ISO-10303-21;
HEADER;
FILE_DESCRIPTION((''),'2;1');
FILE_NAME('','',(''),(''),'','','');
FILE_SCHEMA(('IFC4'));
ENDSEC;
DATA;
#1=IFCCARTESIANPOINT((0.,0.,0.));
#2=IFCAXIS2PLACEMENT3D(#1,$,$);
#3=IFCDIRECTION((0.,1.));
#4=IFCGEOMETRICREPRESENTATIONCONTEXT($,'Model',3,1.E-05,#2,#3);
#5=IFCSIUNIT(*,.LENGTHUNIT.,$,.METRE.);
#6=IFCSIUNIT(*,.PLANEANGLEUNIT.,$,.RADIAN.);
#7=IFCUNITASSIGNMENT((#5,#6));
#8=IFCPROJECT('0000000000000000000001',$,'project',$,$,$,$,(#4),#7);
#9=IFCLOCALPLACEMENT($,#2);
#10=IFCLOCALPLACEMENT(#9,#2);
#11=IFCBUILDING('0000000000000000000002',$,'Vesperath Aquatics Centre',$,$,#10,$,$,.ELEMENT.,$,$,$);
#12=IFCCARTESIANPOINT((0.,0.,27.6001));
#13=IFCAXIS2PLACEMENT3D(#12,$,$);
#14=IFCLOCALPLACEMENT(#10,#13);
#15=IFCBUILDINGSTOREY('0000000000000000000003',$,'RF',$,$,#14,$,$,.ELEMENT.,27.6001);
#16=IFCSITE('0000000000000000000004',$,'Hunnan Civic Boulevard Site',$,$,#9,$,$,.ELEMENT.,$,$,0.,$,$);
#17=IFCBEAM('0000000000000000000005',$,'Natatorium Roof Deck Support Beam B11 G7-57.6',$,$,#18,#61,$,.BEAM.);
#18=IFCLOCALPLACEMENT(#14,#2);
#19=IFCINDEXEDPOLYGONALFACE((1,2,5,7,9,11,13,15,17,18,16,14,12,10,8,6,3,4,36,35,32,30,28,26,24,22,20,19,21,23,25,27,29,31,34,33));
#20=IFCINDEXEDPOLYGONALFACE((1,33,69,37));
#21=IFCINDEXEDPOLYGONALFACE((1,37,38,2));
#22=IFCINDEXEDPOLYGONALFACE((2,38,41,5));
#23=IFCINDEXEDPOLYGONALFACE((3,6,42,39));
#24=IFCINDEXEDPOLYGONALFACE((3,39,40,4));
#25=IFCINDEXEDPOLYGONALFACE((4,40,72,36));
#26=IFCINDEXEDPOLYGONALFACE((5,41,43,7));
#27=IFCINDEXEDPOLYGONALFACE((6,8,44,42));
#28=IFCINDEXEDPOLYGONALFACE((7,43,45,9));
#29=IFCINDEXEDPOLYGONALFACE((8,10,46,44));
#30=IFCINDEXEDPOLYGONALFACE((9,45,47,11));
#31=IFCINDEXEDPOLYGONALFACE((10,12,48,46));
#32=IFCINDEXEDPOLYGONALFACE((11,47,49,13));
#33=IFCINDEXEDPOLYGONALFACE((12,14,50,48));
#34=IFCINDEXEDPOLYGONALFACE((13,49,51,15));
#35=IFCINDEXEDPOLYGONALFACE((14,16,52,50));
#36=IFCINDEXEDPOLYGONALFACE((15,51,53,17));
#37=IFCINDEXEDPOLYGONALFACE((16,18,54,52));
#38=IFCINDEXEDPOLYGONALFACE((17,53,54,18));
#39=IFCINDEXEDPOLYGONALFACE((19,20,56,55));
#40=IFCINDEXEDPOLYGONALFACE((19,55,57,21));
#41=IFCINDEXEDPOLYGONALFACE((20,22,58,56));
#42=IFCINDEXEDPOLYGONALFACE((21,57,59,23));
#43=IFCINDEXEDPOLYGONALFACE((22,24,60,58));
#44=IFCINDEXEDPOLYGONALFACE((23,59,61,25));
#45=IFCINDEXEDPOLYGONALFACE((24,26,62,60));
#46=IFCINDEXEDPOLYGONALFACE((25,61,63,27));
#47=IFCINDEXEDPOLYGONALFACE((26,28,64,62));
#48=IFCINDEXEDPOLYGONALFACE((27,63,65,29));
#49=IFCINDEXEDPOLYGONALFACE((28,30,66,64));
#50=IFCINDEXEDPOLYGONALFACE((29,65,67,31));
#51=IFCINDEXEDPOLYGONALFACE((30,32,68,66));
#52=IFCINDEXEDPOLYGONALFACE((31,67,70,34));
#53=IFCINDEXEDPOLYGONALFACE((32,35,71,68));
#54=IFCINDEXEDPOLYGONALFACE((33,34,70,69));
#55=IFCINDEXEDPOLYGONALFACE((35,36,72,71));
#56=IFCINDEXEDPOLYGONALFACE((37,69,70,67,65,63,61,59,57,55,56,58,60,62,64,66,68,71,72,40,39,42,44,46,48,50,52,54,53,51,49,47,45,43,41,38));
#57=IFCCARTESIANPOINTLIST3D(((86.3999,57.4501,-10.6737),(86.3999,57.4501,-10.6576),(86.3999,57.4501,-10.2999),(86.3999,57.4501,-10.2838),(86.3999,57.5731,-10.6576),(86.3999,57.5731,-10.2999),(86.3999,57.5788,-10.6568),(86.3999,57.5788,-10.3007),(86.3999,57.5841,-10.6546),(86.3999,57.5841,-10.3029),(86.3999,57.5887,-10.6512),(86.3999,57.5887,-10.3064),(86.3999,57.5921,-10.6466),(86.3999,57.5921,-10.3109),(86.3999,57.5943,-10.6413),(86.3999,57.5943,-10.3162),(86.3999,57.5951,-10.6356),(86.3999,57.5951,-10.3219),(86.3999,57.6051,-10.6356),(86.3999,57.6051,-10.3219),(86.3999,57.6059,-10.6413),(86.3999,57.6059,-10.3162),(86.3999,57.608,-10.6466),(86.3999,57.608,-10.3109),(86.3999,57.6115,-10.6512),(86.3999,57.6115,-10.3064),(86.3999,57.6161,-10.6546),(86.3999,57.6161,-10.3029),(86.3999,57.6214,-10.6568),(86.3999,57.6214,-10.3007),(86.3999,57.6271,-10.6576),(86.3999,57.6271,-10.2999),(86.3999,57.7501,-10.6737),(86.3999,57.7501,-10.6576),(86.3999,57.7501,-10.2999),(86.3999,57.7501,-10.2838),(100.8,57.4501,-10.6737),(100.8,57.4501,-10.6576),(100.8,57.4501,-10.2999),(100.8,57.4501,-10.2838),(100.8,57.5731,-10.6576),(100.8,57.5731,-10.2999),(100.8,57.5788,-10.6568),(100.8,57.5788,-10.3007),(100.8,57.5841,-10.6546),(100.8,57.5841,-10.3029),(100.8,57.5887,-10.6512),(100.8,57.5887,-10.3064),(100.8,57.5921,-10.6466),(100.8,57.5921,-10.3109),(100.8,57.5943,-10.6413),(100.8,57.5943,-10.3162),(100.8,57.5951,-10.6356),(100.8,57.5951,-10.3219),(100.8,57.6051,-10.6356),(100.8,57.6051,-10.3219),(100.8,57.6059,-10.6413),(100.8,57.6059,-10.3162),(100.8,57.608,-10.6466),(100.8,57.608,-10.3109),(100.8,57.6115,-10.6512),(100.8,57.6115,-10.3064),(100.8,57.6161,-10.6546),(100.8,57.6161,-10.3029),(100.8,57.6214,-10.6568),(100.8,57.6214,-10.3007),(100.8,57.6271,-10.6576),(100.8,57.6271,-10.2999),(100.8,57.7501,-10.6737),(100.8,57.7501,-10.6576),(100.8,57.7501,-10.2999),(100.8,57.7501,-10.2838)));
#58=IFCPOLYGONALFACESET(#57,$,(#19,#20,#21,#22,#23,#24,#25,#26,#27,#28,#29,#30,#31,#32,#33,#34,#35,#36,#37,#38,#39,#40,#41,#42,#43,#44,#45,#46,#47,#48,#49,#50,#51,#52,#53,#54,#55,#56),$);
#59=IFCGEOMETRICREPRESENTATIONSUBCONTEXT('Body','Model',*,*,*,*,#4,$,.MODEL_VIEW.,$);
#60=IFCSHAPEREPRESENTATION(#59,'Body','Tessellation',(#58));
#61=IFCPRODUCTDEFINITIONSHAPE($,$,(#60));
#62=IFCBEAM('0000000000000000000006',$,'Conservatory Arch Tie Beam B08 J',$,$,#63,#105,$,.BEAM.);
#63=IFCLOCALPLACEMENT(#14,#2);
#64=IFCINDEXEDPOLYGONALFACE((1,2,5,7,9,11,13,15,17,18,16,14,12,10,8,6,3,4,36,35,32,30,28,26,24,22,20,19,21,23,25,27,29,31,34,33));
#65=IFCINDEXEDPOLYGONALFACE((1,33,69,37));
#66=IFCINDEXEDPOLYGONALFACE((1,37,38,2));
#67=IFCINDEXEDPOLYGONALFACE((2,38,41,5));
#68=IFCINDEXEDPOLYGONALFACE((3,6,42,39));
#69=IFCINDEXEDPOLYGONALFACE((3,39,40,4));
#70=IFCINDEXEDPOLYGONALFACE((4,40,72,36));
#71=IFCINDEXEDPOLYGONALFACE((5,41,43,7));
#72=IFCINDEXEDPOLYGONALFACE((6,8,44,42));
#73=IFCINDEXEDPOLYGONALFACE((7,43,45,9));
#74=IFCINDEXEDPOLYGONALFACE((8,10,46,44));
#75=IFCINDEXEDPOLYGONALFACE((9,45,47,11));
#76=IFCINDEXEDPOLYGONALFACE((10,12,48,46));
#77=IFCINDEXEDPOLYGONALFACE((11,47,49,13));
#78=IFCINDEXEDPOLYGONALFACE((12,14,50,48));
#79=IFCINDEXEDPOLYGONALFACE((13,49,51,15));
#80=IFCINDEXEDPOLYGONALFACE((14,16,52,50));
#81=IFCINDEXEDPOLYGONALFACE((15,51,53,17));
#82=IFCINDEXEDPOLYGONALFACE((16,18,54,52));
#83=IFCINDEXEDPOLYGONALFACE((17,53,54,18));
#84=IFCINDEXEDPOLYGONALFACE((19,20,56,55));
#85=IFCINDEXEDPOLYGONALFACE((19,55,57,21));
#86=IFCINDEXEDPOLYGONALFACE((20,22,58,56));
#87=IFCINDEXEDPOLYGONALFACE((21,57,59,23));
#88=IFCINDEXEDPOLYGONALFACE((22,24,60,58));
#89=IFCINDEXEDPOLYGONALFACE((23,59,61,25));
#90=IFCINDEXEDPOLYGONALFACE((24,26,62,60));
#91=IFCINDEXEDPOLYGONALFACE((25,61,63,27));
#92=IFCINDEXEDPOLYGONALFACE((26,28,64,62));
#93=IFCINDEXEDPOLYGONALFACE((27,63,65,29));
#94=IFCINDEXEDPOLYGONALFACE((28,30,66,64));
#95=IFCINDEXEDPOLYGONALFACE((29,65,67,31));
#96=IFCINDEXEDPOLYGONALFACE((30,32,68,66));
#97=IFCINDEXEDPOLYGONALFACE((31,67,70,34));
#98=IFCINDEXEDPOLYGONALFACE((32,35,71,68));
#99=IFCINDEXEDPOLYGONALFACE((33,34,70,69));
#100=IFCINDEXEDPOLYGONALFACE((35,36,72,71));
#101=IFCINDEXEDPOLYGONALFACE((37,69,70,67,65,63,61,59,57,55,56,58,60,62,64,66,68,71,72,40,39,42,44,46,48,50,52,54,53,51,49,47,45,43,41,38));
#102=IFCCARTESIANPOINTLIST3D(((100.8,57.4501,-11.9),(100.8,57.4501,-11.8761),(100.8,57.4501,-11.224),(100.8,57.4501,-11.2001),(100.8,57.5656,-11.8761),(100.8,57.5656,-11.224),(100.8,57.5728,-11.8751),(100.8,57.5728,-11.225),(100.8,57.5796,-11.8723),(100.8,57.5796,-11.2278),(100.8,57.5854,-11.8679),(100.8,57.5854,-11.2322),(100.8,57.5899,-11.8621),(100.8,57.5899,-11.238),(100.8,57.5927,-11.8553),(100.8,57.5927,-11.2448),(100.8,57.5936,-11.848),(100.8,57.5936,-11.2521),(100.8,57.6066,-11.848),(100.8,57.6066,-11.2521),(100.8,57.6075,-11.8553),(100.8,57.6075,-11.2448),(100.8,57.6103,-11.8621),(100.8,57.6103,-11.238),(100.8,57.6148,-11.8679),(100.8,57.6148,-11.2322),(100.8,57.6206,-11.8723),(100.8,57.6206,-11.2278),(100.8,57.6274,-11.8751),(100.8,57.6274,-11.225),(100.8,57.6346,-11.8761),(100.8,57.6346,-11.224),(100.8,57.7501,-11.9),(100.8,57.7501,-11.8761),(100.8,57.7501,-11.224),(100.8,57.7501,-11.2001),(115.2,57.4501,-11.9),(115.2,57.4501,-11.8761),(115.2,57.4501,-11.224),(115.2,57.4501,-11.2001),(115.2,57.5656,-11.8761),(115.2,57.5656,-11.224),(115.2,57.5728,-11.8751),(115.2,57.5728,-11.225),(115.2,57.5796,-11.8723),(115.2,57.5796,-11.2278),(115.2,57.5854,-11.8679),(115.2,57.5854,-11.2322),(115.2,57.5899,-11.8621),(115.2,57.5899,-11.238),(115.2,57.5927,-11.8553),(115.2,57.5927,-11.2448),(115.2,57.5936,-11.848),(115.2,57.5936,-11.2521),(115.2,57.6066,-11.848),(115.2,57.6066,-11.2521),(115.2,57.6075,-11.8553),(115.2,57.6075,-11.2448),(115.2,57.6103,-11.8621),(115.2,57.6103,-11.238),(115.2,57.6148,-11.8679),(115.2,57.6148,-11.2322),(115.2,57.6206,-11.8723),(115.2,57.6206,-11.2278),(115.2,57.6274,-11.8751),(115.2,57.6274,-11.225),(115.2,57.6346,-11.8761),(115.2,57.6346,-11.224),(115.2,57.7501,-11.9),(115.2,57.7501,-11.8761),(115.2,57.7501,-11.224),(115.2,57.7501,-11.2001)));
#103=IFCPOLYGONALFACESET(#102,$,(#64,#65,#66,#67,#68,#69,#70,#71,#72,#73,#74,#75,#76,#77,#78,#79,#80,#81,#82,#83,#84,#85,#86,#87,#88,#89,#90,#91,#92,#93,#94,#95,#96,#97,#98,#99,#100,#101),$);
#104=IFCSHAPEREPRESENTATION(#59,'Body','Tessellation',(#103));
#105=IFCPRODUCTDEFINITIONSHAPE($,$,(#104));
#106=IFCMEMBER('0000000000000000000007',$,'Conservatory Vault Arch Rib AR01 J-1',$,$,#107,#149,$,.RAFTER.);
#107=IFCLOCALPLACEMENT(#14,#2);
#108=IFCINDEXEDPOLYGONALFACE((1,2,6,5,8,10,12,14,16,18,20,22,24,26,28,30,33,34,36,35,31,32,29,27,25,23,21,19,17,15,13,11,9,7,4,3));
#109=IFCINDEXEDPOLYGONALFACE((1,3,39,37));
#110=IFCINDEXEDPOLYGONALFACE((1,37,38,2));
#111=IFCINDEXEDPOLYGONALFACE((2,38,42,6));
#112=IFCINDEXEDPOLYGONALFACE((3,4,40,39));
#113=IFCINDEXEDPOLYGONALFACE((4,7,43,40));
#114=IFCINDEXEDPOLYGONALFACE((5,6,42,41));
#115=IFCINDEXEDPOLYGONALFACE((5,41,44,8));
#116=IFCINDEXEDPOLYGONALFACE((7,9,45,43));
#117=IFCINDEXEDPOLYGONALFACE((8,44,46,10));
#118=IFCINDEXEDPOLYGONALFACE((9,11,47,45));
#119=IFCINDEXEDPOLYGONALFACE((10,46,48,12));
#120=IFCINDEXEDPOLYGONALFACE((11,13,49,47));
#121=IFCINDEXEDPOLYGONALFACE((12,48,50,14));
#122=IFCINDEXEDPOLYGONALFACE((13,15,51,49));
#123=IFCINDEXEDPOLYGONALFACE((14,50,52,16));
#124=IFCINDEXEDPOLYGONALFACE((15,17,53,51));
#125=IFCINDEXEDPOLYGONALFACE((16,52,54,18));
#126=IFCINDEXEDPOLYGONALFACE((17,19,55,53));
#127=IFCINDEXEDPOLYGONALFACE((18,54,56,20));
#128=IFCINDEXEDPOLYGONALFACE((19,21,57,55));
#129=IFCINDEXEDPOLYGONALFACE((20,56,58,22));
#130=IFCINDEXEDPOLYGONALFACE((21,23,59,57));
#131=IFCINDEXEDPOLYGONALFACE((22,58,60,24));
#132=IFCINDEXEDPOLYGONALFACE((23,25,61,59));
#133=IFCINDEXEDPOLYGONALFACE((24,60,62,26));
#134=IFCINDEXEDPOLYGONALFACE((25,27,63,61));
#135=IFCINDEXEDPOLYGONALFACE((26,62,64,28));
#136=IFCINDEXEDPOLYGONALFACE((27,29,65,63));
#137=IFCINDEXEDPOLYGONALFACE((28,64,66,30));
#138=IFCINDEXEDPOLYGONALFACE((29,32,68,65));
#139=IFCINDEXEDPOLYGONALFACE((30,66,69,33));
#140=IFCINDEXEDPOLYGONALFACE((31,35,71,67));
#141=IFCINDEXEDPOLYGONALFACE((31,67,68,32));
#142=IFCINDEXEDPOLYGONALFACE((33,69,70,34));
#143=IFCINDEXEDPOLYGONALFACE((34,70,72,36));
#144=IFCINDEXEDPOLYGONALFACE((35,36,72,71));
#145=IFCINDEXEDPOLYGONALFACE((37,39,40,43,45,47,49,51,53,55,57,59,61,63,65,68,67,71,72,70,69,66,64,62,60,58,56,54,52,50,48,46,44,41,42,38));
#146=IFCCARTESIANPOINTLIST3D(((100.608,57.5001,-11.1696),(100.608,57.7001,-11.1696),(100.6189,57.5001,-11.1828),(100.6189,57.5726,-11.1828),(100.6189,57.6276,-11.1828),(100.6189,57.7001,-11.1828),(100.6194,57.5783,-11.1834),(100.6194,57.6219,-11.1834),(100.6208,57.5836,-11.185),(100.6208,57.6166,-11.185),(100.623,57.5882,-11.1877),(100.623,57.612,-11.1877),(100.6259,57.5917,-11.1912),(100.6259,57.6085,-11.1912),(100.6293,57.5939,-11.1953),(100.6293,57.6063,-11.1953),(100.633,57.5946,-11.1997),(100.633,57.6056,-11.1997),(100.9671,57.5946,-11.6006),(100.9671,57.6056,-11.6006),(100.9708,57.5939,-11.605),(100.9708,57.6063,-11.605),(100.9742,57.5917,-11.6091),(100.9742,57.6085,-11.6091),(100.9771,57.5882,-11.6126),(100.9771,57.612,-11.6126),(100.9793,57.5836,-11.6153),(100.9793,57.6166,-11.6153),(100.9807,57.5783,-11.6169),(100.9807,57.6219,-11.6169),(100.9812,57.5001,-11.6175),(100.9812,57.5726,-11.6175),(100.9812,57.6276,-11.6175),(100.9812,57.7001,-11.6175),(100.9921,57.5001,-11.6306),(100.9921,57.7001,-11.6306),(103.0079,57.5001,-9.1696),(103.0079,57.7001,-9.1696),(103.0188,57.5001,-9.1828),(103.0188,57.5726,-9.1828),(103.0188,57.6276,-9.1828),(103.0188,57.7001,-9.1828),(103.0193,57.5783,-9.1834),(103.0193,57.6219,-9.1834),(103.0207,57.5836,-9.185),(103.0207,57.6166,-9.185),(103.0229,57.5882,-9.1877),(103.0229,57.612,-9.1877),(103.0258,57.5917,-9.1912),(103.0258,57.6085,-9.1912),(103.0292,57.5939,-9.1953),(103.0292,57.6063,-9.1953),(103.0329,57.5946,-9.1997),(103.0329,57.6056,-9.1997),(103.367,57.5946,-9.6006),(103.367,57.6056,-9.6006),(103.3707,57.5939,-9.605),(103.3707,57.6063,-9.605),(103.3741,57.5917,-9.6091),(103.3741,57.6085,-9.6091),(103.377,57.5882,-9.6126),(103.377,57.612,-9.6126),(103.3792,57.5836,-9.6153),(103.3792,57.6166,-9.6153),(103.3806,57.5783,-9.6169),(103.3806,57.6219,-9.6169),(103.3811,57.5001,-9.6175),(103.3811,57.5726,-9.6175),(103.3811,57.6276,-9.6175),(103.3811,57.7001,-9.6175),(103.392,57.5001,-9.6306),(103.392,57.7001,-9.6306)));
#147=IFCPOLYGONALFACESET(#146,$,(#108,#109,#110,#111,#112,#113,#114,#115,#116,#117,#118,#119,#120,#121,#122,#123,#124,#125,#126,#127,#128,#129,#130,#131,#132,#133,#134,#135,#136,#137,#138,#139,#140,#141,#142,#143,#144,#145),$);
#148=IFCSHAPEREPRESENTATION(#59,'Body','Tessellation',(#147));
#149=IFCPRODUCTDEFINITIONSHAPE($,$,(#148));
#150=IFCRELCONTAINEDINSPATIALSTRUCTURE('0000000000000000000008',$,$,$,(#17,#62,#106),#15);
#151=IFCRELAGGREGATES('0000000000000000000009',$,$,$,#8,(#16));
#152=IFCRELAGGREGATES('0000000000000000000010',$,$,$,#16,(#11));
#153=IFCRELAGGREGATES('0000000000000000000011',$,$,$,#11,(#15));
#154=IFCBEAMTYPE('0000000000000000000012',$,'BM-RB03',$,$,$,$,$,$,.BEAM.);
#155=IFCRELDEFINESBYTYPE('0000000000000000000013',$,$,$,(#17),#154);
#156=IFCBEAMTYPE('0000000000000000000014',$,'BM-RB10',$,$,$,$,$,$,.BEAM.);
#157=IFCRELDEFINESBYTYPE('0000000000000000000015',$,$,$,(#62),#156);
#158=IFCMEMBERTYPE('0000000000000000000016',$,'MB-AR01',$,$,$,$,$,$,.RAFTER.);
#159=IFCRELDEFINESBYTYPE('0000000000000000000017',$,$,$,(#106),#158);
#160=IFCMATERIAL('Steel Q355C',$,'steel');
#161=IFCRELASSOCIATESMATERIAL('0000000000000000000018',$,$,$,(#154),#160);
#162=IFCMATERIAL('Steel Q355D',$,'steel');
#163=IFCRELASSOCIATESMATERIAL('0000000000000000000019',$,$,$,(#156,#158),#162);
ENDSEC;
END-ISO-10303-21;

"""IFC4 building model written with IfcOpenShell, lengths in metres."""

from ifc_helpers import new_model, si_unit, direction, frame, origin, origin_2d, place, context, subcontext, project, spatial, i_section, extrude, material, material_profile, profile_set, type_object, element, save


model = new_model("IFC4")

# Units and contexts
model_context = context("Model", 3, precision=1e-05, world=origin(), true_north=direction((0.0, 1.0)))
body_context = subcontext(model_context, "Body", "Model", "MODEL_VIEW")
ifc_project = project(units=[si_unit("LENGTHUNIT", "METRE"), si_unit("PLANEANGLEUNIT", "RADIAN")], contexts=[model_context])

# Site, building, storey
site_placement = place(None, origin())
site = spatial("IfcSite", under=ifc_project, at=site_placement, Name="Hunnan Civic Boulevard Site", CompositionType="ELEMENT", RefElevation=0.0)
building_placement = place(site_placement, origin())
building = spatial("IfcBuilding", under=site, at=building_placement, Name="Vesperath Aquatics Centre", CompositionType="ELEMENT")
storey_placement = place(building_placement, frame((0.0, 0.0, 27.6001)))
storey = spatial("IfcBuildingStorey", under=building, at=storey_placement, Name="RF", CompositionType="ELEMENT", Elevation=27.6001)

# Beams
ifc_material_1 = material(Name="Steel Q355C", Category="steel")
ifc_material_profile_1 = material_profile(ifc_material_1, i_section(OverallWidth=0.3, OverallDepth=0.3899, WebThickness=0.01, FlangeThickness=0.0161, FilletRadius=0.022, at=origin_2d()), Name="HM 390x300x10x16")
ifc_profile_set_1 = profile_set([ifc_material_profile_1], Name="Steel Q355C")
beam_type_1 = type_object("IfcBeamType", Name="BM-RB03", PredefinedType="BEAM", material=ifc_profile_set_1)
beam_1_placement = place(storey_placement, frame((86.3999, 57.6001, -10.4788), z_axis=(1.0, 0.0, 0.0), x_axis=(0.0, 1.0, 0.0)))
element("IfcBeam", 1, at=beam_1_placement, inside=storey, type_object=beam_type_1, Name="Natatorium Roof Deck Support Beam B11 G7-57.6", PredefinedType="BEAM", context=body_context, shape_type="SweptSolid", body=[
    extrude(i_section(OverallWidth=0.3, OverallDepth=0.3899, WebThickness=0.01, FlangeThickness=0.0161, FilletRadius=0.022, at=origin_2d()), origin(), (0.0, 0.0, 1.0), 14.4001),
])
ifc_material_2 = material(Name="Steel Q355D", Category="steel")
ifc_material_profile_2 = material_profile(ifc_material_2, i_section(OverallWidth=0.3, OverallDepth=0.7, WebThickness=0.0129, FlangeThickness=0.0239, FilletRadius=0.0281, at=origin_2d()), Name="HN 700x300x13x24")
ifc_profile_set_2 = profile_set([ifc_material_profile_2], Name="Steel Q355D")
beam_type_2 = type_object("IfcBeamType", Name="BM-RB10", PredefinedType="BEAM", material=ifc_profile_set_2)
beam_2_placement = place(storey_placement, frame((100.8, 57.6001, -11.55), z_axis=(1.0, 0.0, 0.0), x_axis=(0.0, 1.0, 0.0)))
element("IfcBeam", 2, at=beam_2_placement, inside=storey, type_object=beam_type_2, Name="Conservatory Arch Tie Beam B08 J", PredefinedType="BEAM", context=body_context, shape_type="SweptSolid", body=[
    extrude(i_section(OverallWidth=0.3, OverallDepth=0.7, WebThickness=0.0129, FlangeThickness=0.0239, FilletRadius=0.0281, at=origin_2d()), origin(), (0.0, 0.0, 1.0), 14.3999),
])

# Member
ifc_material_profile_3 = material_profile(ifc_material_2, i_section(OverallWidth=0.2, OverallDepth=0.6001, WebThickness=0.011, FlangeThickness=0.0171, FilletRadius=0.022, at=origin_2d()), Name="HN 600x200x11x17")
ifc_profile_set_3 = profile_set([ifc_material_profile_3], Name="Steel Q355D")
member_type_1 = type_object("IfcMemberType", Name="MB-AR01", PredefinedType="RAFTER", material=ifc_profile_set_3)
member_1_placement = place(storey_placement, frame((100.8, 57.6001, -11.4001), z_axis=(0.768208, 0.0, 0.6402), x_axis=(0.0, 1.0, 0.0)))
element("IfcMember", 3, at=member_1_placement, inside=storey, type_object=member_type_1, Name="Conservatory Vault Arch Rib AR01 J-1", PredefinedType="RAFTER", context=body_context, shape_type="SweptSolid", body=[
    extrude(i_section(OverallWidth=0.2, OverallDepth=0.6001, WebThickness=0.011, FlangeThickness=0.0171, FilletRadius=0.022, at=origin_2d()), origin(), (0.0, 0.0, 1.0), 3.124),
])

save(model, "model.ifc")
